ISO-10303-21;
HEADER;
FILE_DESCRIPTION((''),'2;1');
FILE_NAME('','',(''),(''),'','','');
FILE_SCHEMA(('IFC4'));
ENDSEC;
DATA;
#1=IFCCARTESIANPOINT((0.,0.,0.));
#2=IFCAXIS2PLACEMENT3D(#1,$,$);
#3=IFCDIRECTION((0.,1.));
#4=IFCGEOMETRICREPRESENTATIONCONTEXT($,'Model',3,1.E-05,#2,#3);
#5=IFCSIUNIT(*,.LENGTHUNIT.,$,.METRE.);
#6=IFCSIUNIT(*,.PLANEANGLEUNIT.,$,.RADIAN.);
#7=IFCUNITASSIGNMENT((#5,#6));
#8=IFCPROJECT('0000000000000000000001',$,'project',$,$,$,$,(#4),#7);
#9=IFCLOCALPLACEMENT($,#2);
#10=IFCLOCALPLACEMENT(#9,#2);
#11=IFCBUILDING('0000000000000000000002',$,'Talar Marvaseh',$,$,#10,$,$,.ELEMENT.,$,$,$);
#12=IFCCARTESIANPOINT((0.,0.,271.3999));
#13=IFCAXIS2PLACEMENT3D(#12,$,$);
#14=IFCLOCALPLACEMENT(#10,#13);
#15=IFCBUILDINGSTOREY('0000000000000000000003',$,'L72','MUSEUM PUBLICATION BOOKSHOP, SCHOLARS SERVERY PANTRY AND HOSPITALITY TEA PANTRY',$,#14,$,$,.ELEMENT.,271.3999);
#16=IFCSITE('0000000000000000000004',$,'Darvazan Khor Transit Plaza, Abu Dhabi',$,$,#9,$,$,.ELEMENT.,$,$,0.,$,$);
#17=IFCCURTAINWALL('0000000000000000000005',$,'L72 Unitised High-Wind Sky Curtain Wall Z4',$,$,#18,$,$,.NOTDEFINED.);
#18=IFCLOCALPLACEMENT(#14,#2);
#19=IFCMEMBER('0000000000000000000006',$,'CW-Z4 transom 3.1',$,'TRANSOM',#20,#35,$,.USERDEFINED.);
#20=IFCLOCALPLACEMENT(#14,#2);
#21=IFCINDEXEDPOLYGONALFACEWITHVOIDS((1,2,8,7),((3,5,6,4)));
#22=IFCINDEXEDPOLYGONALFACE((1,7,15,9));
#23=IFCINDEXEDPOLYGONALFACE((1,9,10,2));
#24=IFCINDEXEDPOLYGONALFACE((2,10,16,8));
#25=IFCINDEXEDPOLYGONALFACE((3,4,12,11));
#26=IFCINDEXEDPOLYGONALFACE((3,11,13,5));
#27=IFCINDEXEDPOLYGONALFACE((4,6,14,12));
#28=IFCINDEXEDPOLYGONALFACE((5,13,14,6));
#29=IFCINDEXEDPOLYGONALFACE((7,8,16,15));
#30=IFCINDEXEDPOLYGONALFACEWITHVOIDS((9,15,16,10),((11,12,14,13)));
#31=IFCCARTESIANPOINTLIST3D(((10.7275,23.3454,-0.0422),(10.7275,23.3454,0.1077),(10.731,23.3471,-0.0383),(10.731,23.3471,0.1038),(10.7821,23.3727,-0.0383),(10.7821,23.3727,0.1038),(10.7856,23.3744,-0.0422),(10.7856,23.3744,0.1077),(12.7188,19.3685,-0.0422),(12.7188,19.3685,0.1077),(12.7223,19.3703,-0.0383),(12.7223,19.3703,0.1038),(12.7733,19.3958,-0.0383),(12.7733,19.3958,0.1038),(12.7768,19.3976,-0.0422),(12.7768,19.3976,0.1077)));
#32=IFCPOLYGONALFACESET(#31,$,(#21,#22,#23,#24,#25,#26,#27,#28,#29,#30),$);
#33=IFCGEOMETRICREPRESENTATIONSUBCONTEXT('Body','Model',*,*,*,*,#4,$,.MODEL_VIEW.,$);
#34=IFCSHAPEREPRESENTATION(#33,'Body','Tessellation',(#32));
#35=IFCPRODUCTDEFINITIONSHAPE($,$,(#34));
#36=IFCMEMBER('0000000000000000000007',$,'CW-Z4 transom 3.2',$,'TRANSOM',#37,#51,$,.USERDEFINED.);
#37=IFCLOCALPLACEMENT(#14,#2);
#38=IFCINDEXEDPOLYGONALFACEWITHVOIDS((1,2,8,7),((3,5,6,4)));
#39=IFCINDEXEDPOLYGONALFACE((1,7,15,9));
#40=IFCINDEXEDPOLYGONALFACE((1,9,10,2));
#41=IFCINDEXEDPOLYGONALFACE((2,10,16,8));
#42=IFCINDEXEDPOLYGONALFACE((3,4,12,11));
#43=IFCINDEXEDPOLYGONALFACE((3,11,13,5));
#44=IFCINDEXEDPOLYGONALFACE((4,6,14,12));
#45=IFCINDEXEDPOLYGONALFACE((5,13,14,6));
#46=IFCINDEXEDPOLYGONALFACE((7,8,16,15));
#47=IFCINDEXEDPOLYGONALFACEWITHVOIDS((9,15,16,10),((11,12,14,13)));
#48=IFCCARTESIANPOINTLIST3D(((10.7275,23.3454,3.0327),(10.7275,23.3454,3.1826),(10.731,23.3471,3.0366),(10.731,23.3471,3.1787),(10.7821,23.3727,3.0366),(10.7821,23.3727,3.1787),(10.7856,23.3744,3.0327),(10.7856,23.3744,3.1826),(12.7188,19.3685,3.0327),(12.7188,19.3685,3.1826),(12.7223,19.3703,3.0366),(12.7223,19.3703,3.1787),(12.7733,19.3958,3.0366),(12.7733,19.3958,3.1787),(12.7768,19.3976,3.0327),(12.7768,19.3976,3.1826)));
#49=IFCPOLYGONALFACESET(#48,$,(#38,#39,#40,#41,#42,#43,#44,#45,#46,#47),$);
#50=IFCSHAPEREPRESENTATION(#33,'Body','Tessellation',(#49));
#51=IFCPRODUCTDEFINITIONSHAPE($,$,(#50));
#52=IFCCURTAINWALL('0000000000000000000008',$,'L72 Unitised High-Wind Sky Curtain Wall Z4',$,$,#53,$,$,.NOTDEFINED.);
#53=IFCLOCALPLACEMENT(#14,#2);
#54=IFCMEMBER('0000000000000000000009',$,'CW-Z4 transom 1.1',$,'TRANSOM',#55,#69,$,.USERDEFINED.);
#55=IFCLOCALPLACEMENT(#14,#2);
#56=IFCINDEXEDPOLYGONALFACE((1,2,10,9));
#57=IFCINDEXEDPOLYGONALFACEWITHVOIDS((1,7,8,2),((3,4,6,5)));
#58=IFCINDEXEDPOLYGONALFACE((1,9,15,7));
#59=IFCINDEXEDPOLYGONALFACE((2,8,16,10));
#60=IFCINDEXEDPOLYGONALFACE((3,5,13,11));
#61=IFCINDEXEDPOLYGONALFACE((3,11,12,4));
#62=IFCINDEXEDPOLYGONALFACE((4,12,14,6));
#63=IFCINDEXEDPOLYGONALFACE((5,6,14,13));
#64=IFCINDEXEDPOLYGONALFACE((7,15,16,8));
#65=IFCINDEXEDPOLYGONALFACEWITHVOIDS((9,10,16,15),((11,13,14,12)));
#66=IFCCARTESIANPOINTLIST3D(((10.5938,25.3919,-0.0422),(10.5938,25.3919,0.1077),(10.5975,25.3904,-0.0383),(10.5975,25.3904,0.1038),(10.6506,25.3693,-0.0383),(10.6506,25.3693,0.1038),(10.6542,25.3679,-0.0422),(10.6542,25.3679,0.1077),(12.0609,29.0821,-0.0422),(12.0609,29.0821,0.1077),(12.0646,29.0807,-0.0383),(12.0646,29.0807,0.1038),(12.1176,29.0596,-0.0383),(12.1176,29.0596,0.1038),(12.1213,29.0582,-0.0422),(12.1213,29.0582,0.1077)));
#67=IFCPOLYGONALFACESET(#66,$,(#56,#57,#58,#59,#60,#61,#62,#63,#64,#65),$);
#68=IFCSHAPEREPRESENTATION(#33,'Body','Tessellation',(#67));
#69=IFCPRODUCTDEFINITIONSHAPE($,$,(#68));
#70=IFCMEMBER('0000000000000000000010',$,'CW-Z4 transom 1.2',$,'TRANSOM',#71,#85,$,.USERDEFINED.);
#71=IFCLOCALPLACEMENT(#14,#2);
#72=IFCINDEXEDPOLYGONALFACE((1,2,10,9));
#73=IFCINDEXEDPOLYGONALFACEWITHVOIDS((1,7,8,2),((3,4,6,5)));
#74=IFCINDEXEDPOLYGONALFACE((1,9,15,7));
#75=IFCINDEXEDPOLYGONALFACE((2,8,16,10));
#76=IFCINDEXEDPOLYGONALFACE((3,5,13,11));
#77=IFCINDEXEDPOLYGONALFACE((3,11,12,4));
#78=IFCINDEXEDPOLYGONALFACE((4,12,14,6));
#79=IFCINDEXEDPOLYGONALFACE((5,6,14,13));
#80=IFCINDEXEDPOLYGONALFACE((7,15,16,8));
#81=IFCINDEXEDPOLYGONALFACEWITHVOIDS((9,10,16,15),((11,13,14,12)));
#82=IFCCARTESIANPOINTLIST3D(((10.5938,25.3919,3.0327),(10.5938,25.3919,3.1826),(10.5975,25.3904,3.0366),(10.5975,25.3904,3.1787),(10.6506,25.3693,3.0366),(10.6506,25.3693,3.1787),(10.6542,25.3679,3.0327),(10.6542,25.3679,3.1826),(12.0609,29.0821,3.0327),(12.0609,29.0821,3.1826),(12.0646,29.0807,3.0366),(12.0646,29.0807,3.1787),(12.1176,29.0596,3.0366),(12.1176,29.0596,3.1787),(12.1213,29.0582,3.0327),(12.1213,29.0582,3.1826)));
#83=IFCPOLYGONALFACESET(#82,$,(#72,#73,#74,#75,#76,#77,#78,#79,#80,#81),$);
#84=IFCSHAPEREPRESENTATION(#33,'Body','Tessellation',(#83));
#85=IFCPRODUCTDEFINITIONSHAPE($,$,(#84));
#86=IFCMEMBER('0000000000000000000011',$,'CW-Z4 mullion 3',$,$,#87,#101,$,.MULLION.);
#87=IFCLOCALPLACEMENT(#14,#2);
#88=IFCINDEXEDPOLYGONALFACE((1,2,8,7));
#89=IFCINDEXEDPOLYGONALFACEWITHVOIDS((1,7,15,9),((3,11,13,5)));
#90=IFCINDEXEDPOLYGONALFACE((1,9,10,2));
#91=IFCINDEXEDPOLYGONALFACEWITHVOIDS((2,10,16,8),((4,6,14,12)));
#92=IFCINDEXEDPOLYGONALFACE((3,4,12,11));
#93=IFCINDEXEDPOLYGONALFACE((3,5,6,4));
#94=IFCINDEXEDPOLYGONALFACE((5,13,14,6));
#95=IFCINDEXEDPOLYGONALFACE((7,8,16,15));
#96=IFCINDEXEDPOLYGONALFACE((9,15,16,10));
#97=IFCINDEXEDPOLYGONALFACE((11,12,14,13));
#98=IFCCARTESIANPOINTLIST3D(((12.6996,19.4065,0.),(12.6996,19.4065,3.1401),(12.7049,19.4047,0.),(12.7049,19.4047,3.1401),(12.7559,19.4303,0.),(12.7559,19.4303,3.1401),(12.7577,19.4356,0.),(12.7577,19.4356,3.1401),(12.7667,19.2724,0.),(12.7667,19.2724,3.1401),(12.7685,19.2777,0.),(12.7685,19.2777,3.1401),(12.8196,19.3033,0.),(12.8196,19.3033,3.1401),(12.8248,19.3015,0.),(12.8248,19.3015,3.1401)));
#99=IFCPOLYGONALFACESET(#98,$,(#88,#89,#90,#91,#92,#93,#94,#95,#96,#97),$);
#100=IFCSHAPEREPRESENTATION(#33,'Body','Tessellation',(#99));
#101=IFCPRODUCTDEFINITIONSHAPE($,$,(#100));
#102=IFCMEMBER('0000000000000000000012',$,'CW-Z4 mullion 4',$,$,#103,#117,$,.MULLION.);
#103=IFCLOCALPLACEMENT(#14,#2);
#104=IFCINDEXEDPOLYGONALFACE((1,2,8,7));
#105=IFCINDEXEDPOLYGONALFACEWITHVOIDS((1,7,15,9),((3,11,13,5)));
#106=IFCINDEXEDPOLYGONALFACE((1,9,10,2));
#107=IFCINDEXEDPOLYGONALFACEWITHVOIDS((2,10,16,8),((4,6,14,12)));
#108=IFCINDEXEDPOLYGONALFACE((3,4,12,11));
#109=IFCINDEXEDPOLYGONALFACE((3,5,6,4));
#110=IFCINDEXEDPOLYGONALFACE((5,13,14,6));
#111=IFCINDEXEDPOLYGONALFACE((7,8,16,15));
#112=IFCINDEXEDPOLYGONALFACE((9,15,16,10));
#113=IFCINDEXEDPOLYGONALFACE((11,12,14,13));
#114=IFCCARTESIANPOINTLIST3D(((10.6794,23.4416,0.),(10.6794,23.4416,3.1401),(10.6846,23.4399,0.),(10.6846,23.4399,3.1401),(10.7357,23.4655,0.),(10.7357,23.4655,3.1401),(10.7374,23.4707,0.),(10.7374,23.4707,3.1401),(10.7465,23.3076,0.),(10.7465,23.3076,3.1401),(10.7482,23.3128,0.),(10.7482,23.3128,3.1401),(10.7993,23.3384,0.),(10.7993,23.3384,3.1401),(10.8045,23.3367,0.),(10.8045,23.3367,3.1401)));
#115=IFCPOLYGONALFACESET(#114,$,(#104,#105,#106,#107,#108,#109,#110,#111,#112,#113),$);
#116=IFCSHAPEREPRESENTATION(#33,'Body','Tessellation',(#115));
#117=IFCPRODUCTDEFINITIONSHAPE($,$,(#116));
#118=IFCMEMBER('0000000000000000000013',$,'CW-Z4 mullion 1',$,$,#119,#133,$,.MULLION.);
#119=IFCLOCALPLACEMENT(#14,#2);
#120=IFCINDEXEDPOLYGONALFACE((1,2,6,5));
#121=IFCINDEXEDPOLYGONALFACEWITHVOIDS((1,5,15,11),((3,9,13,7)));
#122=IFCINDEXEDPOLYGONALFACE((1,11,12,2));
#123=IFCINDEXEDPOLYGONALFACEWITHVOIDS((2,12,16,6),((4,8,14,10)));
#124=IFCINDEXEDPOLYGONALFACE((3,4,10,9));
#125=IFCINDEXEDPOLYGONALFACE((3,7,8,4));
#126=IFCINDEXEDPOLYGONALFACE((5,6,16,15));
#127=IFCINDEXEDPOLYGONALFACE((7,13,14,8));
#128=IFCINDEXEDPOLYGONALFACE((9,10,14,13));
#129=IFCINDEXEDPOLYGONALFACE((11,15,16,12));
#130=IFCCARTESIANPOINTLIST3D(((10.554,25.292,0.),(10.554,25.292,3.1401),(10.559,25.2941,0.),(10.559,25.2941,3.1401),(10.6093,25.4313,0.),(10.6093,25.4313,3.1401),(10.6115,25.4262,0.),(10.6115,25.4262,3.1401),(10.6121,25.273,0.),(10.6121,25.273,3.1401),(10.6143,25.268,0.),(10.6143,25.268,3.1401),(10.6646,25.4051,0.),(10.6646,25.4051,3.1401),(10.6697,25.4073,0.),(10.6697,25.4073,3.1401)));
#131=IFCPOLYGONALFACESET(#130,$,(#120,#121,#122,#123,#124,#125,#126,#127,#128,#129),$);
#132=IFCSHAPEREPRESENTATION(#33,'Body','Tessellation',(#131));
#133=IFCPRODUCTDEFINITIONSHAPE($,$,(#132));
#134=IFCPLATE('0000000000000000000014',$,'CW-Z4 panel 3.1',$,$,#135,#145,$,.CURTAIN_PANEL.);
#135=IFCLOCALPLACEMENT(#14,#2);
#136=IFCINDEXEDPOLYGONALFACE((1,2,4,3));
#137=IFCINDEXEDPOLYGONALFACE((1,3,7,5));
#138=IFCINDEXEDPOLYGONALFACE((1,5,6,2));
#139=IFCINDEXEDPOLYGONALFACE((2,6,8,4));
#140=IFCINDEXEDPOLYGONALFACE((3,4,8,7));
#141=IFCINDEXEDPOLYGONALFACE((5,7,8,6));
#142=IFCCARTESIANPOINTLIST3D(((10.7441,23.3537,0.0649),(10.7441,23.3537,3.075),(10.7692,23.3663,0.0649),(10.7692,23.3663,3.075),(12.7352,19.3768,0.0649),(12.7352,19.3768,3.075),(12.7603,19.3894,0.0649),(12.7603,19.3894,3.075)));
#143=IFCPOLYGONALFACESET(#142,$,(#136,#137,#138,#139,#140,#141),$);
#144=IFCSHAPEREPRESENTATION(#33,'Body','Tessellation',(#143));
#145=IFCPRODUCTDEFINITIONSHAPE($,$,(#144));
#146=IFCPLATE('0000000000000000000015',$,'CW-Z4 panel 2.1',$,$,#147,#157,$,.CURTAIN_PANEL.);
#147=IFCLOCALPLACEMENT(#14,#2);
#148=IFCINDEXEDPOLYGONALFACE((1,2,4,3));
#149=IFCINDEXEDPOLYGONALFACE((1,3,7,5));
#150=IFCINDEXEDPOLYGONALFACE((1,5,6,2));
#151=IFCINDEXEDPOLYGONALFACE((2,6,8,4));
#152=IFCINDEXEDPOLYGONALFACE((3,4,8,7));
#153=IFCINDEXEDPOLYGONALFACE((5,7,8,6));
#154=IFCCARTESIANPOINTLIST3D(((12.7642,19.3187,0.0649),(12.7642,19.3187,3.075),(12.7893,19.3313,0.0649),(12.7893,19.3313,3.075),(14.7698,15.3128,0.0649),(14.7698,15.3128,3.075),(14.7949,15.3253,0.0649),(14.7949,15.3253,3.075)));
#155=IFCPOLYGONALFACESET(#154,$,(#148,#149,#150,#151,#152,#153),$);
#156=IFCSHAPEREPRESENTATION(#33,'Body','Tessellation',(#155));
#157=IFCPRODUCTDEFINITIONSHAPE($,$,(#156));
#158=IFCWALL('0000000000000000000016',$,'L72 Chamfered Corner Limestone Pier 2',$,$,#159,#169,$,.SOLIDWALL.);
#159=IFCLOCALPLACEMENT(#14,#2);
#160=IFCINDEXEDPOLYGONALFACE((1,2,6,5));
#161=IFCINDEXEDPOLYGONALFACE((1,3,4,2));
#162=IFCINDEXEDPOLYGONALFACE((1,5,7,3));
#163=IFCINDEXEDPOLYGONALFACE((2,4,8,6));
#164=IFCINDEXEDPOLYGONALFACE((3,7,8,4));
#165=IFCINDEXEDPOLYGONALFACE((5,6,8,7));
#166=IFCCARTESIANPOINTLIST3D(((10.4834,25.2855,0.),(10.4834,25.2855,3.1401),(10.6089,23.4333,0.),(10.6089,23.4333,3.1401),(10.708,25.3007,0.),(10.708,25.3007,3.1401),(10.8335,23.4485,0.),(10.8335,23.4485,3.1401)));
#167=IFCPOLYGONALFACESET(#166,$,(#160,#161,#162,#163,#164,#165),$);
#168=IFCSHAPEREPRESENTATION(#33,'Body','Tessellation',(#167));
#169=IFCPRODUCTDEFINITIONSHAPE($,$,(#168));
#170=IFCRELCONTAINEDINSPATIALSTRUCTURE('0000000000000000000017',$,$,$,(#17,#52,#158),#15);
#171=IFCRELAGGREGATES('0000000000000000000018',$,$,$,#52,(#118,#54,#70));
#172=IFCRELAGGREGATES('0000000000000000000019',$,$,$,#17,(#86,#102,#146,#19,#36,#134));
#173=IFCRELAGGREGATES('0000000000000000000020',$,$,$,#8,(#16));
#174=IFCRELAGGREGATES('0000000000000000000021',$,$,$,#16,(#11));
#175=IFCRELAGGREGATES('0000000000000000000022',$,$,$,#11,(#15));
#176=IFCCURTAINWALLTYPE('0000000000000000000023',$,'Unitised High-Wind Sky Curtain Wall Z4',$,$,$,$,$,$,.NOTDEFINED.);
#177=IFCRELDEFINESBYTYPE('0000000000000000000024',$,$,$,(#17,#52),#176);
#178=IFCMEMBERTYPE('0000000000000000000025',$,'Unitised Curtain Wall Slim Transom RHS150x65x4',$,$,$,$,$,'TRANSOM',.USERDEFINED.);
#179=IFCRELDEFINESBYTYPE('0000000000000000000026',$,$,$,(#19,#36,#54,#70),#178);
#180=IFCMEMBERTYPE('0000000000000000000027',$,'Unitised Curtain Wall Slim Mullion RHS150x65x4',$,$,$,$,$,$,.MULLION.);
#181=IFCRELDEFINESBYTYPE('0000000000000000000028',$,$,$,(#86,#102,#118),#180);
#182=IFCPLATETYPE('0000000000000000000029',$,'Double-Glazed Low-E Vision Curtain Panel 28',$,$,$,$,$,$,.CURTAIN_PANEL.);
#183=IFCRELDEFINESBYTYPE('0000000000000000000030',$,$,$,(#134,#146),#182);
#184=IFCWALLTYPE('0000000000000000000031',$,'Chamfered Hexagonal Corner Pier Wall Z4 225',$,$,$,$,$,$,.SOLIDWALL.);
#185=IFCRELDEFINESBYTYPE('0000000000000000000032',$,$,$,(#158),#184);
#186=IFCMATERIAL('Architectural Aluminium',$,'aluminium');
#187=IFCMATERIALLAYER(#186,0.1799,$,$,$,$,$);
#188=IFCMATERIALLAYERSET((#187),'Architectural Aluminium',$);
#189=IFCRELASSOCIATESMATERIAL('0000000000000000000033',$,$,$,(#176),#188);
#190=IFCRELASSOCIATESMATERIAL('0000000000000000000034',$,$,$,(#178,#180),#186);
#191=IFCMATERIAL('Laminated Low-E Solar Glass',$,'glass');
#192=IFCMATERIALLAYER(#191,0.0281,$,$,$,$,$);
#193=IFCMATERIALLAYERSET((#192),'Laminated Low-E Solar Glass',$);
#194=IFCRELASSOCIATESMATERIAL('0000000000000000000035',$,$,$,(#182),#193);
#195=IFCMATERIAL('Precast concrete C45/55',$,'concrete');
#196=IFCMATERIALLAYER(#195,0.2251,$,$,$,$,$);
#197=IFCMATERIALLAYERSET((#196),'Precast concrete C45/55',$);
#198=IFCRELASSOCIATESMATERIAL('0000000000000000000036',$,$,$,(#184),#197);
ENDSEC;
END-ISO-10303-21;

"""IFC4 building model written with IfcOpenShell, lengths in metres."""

from ifc_helpers import new_model, si_unit, direction, frame, frame_2d, origin, origin_2d, place, context, subcontext, project, spatial, rectangle, hollow_rectangle, extrude, source, transform, mapped, material, layer, layer_set, material_profile, profile_set, type_object, type_shapes, element, aggregate, save


model = new_model("IFC4")

# Units and contexts
model_context = context("Model", 3, precision=1e-05, world=origin(), true_north=direction((0.0, 1.0)))
body_context = subcontext(model_context, "Body", "Model", "MODEL_VIEW")
ifc_project = project(units=[si_unit("LENGTHUNIT", "METRE"), si_unit("PLANEANGLEUNIT", "RADIAN")], contexts=[model_context])

# Site, building, storey
site_placement = place(None, origin())
site = spatial("IfcSite", under=ifc_project, at=site_placement, Name="Darvazan Khor Transit Plaza, Abu Dhabi", CompositionType="ELEMENT", RefElevation=0.0)
building_placement = place(site_placement, origin())
building = spatial("IfcBuilding", under=site, at=building_placement, Name="Talar Marvaseh", CompositionType="ELEMENT")
storey_placement = place(building_placement, frame((0.0, 0.0, 271.3999)))
storey = spatial("IfcBuildingStorey", under=building, at=storey_placement, Name="L72", Description="MUSEUM PUBLICATION BOOKSHOP, SCHOLARS SERVERY PANTRY AND HOSPITALITY TEA PANTRY", CompositionType="ELEMENT", Elevation=271.3999)

# Curtain walls, members
ifc_material_1 = material(Name="Architectural Aluminium", Category="aluminium")
ifc_layer_1 = layer(ifc_material_1, 0.1799)
ifc_layer_set_1 = layer_set([ifc_layer_1], Name="Architectural Aluminium")
curtain_wall_type = type_object("IfcCurtainWallType", Name="Unitised High-Wind Sky Curtain Wall Z4", PredefinedType="NOTDEFINED", material=ifc_layer_set_1)
curtain_wall_1_placement = place(storey_placement, origin())
curtain_wall_1 = element("IfcCurtainWall", 1, at=curtain_wall_1_placement, inside=storey, type_object=curtain_wall_type, Name="L72 Unitised High-Wind Sky Curtain Wall Z4", PredefinedType="NOTDEFINED")
ifc_material_profile_1 = material_profile(ifc_material_1, hollow_rectangle(XDim=0.0649, YDim=0.1499, WallThickness=0.0039, at=origin_2d()), Name="RHS150x65x4")
ifc_profile_set_1 = profile_set([ifc_material_profile_1], Name="Architectural Aluminium")
member_type_1 = type_object("IfcMemberType", Name="Unitised Curtain Wall Slim Transom RHS150x65x4", ElementType="TRANSOM", PredefinedType="USERDEFINED", material=ifc_profile_set_1)
shared_shape_1 = source(origin(), body_context, "Body", "SweptSolid", [
    extrude(hollow_rectangle(XDim=0.0649, YDim=0.1499, WallThickness=0.0039, at=origin_2d()), origin(), (0.0, 0.0, 1.0), 4.4475),
])
member_1_placement = place(storey_placement, frame((12.7478, 19.3831, 0.0327), z_axis=(-0.447719, 0.894175, 0.0), x_axis=(-0.894175, -0.447719, 0.0)))
member_1 = element("IfcMember", 2, at=member_1_placement, type_object=member_type_1, Name="CW-Z4 transom 3.1", ObjectType="TRANSOM", PredefinedType="USERDEFINED", context=body_context, shape_type="MappedRepresentation", body=[
    mapped(shared_shape_1, transform((0.0, 0.0, 0.0), x_axis=(1.0, 0.0, 0.0), y_axis=(0.0, 1.0, 0.0), z_axis=(0.0, 0.0, 1.0), scale=1.0)),
])
member_2_placement = place(storey_placement, frame((12.7478, 19.3831, 3.1077), z_axis=(-0.447719, 0.894175, 0.0), x_axis=(-0.894175, -0.447719, 0.0)))
member_2 = element("IfcMember", 3, at=member_2_placement, type_object=member_type_1, Name="CW-Z4 transom 3.2", ObjectType="TRANSOM", PredefinedType="USERDEFINED", context=body_context, shape_type="MappedRepresentation", body=[
    mapped(shared_shape_1, transform((0.0, 0.0, 0.0), x_axis=(1.0, 0.0, 0.0), y_axis=(0.0, 1.0, 0.0), z_axis=(0.0, 0.0, 1.0), scale=1.0)),
])
curtain_wall_2_placement = place(storey_placement, origin())
curtain_wall_2 = element("IfcCurtainWall", 4, at=curtain_wall_2_placement, inside=storey, type_object=curtain_wall_type, Name="L72 Unitised High-Wind Sky Curtain Wall Z4", PredefinedType="NOTDEFINED")
shared_shape_2 = source(origin(), body_context, "Body", "SweptSolid", [
    extrude(hollow_rectangle(XDim=0.0649, YDim=0.1499, WallThickness=0.0039, at=origin_2d()), origin(), (0.0, 0.0, 1.0), 3.9712),
])
type_shapes(member_type_1, [shared_shape_1, shared_shape_2])
member_3_placement = place(storey_placement, frame((10.624, 25.3799, 0.0327), z_axis=(0.369429, 0.929259, 0.0), x_axis=(-0.929259, 0.369429, 0.0)))
member_3 = element("IfcMember", 5, at=member_3_placement, type_object=member_type_1, Name="CW-Z4 transom 1.1", ObjectType="TRANSOM", PredefinedType="USERDEFINED", context=body_context, shape_type="MappedRepresentation", body=[
    mapped(shared_shape_2, transform((0.0, 0.0, 0.0), x_axis=(1.0, 0.0, 0.0), y_axis=(0.0, 1.0, 0.0), z_axis=(0.0, 0.0, 1.0), scale=1.0)),
])
member_4_placement = place(storey_placement, frame((10.624, 25.3799, 3.1077), z_axis=(0.369429, 0.929259, 0.0), x_axis=(-0.929259, 0.369429, 0.0)))
member_4 = element("IfcMember", 6, at=member_4_placement, type_object=member_type_1, Name="CW-Z4 transom 1.2", ObjectType="TRANSOM", PredefinedType="USERDEFINED", context=body_context, shape_type="MappedRepresentation", body=[
    mapped(shared_shape_2, transform((0.0, 0.0, 0.0), x_axis=(1.0, 0.0, 0.0), y_axis=(0.0, 1.0, 0.0), z_axis=(0.0, 0.0, 1.0), scale=1.0)),
])

# Members
ifc_material_profile_2 = material_profile(ifc_material_1, hollow_rectangle(XDim=0.0649, YDim=0.1499, WallThickness=0.0039, at=origin_2d()), Name="RHS150x65x4")
ifc_profile_set_2 = profile_set([ifc_material_profile_2], Name="Architectural Aluminium")
member_type_2 = type_object("IfcMemberType", Name="Unitised Curtain Wall Slim Mullion RHS150x65x4", PredefinedType="MULLION", material=ifc_profile_set_2)
shared_shape_3 = source(origin(), body_context, "Body", "SweptSolid", [
    extrude(hollow_rectangle(XDim=0.0649, YDim=0.1499, WallThickness=0.0039, at=origin_2d()), origin(), (0.0, 0.0, 1.0), 3.1401),
])
type_shapes(member_type_2, [shared_shape_3])
member_5_placement = place(storey_placement, frame((12.7622, 19.354, 0.0), z_axis=(0.0, 0.0, 1.0), x_axis=(-0.894186, -0.447695, 0.0)))
member_5 = element("IfcMember", 7, at=member_5_placement, type_object=member_type_2, Name="CW-Z4 mullion 3", PredefinedType="MULLION", context=body_context, shape_type="MappedRepresentation", body=[
    mapped(shared_shape_3, transform((0.0, 0.0, 0.0), x_axis=(1.0, 0.0, 0.0), y_axis=(0.0, 1.0, 0.0), z_axis=(0.0, 0.0, 1.0), scale=1.0)),
])
member_6_placement = place(storey_placement, frame((10.7419, 23.3892, 0.0), z_axis=(0.0, 0.0, 1.0), x_axis=(-0.894186, -0.447695, 0.0)))
member_6 = element("IfcMember", 8, at=member_6_placement, type_object=member_type_2, Name="CW-Z4 mullion 4", PredefinedType="MULLION", context=body_context, shape_type="MappedRepresentation", body=[
    mapped(shared_shape_3, transform((0.0, 0.0, 0.0), x_axis=(1.0, 0.0, 0.0), y_axis=(0.0, 1.0, 0.0), z_axis=(0.0, 0.0, 1.0), scale=1.0)),
])
member_7_placement = place(storey_placement, frame((10.6118, 25.3496, 0.0), z_axis=(0.0, 0.0, 1.0), x_axis=(-0.92925, 0.36945, 0.0)))
member_7 = element("IfcMember", 9, at=member_7_placement, type_object=member_type_2, Name="CW-Z4 mullion 1", PredefinedType="MULLION", context=body_context, shape_type="MappedRepresentation", body=[
    mapped(shared_shape_3, transform((0.0, 0.0, 0.0), x_axis=(1.0, 0.0, 0.0), y_axis=(0.0, 1.0, 0.0), z_axis=(0.0, 0.0, 1.0), scale=1.0)),
])
aggregate(curtain_wall_2, [member_7, member_3, member_4])

# Plates
ifc_material_2 = material(Name="Laminated Low-E Solar Glass", Category="glass")
ifc_layer_2 = layer(ifc_material_2, 0.0281)
ifc_layer_set_2 = layer_set([ifc_layer_2], Name="Laminated Low-E Solar Glass")
plate_type = type_object("IfcPlateType", Name="Double-Glazed Low-E Vision Curtain Panel 28", PredefinedType="CURTAIN_PANEL", material=ifc_layer_set_2)
shared_shape_4 = source(origin(), body_context, "Body", "SweptSolid", [
    extrude(rectangle(XDim=4.4475, YDim=0.0281, at=origin_2d()), origin(), (0.0, 0.0, 1.0), 3.01),
])
plate_1_placement = place(storey_placement, frame((11.7522, 21.3716, 0.0649), z_axis=(0.0, 0.0, 1.0), x_axis=(-0.447695, 0.894186, 0.0)))
plate_1 = element("IfcPlate", 10, at=plate_1_placement, type_object=plate_type, Name="CW-Z4 panel 3.1", PredefinedType="CURTAIN_PANEL", context=body_context, shape_type="MappedRepresentation", body=[
    mapped(shared_shape_4, transform((0.0, 0.0, 0.0), x_axis=(1.0, 0.0, 0.0), y_axis=(0.0, 1.0, 0.0), z_axis=(0.0, 0.0, 1.0), scale=1.0)),
])
shared_shape_5 = source(origin(), body_context, "Body", "SweptSolid", [
    extrude(rectangle(XDim=4.48, YDim=0.0281, at=origin_2d()), origin(), (0.0, 0.0, 1.0), 3.01),
])
type_shapes(plate_type, [shared_shape_4, shared_shape_5])
plate_2_placement = place(storey_placement, frame((13.7795, 17.322, 0.0649), z_axis=(0.0, 0.0, 1.0), x_axis=(-0.447695, 0.894186, 0.0)))
plate_2 = element("IfcPlate", 11, at=plate_2_placement, type_object=plate_type, Name="CW-Z4 panel 2.1", PredefinedType="CURTAIN_PANEL", context=body_context, shape_type="MappedRepresentation", body=[
    mapped(shared_shape_5, transform((0.0, 0.0, 0.0), x_axis=(1.0, 0.0, 0.0), y_axis=(0.0, 1.0, 0.0), z_axis=(0.0, 0.0, 1.0), scale=1.0)),
])
aggregate(curtain_wall_1, [member_5, member_6, plate_2, member_1, member_2, plate_1])

# Wall
ifc_material_3 = material(Name="Precast concrete C45/55", Category="concrete")
ifc_layer_3 = layer(ifc_material_3, 0.2251)
ifc_layer_set_3 = layer_set([ifc_layer_3], Name="Precast concrete C45/55")
wall_type_1 = type_object("IfcWallType", Name="Chamfered Hexagonal Corner Pier Wall Z4 225", PredefinedType="SOLIDWALL", material=ifc_layer_set_3)
wall_1_placement = place(storey_placement, frame((10.7212, 23.4409, 0.0), z_axis=(0.0, 0.0, 1.0), x_axis=(-0.067593, 0.997713, 0.0)))
element("IfcWall", 12, at=wall_1_placement, inside=storey, type_object=wall_type_1, Name="L72 Chamfered Corner Limestone Pier 2", PredefinedType="SOLIDWALL", context=body_context, shape_type="SweptSolid", body=[
    extrude(rectangle(XDim=1.8564, YDim=0.2251, at=frame_2d((0.9282, 0.0))), origin(), (0.0, 0.0, 1.0), 3.1401),
])

save(model, "model.ifc")
